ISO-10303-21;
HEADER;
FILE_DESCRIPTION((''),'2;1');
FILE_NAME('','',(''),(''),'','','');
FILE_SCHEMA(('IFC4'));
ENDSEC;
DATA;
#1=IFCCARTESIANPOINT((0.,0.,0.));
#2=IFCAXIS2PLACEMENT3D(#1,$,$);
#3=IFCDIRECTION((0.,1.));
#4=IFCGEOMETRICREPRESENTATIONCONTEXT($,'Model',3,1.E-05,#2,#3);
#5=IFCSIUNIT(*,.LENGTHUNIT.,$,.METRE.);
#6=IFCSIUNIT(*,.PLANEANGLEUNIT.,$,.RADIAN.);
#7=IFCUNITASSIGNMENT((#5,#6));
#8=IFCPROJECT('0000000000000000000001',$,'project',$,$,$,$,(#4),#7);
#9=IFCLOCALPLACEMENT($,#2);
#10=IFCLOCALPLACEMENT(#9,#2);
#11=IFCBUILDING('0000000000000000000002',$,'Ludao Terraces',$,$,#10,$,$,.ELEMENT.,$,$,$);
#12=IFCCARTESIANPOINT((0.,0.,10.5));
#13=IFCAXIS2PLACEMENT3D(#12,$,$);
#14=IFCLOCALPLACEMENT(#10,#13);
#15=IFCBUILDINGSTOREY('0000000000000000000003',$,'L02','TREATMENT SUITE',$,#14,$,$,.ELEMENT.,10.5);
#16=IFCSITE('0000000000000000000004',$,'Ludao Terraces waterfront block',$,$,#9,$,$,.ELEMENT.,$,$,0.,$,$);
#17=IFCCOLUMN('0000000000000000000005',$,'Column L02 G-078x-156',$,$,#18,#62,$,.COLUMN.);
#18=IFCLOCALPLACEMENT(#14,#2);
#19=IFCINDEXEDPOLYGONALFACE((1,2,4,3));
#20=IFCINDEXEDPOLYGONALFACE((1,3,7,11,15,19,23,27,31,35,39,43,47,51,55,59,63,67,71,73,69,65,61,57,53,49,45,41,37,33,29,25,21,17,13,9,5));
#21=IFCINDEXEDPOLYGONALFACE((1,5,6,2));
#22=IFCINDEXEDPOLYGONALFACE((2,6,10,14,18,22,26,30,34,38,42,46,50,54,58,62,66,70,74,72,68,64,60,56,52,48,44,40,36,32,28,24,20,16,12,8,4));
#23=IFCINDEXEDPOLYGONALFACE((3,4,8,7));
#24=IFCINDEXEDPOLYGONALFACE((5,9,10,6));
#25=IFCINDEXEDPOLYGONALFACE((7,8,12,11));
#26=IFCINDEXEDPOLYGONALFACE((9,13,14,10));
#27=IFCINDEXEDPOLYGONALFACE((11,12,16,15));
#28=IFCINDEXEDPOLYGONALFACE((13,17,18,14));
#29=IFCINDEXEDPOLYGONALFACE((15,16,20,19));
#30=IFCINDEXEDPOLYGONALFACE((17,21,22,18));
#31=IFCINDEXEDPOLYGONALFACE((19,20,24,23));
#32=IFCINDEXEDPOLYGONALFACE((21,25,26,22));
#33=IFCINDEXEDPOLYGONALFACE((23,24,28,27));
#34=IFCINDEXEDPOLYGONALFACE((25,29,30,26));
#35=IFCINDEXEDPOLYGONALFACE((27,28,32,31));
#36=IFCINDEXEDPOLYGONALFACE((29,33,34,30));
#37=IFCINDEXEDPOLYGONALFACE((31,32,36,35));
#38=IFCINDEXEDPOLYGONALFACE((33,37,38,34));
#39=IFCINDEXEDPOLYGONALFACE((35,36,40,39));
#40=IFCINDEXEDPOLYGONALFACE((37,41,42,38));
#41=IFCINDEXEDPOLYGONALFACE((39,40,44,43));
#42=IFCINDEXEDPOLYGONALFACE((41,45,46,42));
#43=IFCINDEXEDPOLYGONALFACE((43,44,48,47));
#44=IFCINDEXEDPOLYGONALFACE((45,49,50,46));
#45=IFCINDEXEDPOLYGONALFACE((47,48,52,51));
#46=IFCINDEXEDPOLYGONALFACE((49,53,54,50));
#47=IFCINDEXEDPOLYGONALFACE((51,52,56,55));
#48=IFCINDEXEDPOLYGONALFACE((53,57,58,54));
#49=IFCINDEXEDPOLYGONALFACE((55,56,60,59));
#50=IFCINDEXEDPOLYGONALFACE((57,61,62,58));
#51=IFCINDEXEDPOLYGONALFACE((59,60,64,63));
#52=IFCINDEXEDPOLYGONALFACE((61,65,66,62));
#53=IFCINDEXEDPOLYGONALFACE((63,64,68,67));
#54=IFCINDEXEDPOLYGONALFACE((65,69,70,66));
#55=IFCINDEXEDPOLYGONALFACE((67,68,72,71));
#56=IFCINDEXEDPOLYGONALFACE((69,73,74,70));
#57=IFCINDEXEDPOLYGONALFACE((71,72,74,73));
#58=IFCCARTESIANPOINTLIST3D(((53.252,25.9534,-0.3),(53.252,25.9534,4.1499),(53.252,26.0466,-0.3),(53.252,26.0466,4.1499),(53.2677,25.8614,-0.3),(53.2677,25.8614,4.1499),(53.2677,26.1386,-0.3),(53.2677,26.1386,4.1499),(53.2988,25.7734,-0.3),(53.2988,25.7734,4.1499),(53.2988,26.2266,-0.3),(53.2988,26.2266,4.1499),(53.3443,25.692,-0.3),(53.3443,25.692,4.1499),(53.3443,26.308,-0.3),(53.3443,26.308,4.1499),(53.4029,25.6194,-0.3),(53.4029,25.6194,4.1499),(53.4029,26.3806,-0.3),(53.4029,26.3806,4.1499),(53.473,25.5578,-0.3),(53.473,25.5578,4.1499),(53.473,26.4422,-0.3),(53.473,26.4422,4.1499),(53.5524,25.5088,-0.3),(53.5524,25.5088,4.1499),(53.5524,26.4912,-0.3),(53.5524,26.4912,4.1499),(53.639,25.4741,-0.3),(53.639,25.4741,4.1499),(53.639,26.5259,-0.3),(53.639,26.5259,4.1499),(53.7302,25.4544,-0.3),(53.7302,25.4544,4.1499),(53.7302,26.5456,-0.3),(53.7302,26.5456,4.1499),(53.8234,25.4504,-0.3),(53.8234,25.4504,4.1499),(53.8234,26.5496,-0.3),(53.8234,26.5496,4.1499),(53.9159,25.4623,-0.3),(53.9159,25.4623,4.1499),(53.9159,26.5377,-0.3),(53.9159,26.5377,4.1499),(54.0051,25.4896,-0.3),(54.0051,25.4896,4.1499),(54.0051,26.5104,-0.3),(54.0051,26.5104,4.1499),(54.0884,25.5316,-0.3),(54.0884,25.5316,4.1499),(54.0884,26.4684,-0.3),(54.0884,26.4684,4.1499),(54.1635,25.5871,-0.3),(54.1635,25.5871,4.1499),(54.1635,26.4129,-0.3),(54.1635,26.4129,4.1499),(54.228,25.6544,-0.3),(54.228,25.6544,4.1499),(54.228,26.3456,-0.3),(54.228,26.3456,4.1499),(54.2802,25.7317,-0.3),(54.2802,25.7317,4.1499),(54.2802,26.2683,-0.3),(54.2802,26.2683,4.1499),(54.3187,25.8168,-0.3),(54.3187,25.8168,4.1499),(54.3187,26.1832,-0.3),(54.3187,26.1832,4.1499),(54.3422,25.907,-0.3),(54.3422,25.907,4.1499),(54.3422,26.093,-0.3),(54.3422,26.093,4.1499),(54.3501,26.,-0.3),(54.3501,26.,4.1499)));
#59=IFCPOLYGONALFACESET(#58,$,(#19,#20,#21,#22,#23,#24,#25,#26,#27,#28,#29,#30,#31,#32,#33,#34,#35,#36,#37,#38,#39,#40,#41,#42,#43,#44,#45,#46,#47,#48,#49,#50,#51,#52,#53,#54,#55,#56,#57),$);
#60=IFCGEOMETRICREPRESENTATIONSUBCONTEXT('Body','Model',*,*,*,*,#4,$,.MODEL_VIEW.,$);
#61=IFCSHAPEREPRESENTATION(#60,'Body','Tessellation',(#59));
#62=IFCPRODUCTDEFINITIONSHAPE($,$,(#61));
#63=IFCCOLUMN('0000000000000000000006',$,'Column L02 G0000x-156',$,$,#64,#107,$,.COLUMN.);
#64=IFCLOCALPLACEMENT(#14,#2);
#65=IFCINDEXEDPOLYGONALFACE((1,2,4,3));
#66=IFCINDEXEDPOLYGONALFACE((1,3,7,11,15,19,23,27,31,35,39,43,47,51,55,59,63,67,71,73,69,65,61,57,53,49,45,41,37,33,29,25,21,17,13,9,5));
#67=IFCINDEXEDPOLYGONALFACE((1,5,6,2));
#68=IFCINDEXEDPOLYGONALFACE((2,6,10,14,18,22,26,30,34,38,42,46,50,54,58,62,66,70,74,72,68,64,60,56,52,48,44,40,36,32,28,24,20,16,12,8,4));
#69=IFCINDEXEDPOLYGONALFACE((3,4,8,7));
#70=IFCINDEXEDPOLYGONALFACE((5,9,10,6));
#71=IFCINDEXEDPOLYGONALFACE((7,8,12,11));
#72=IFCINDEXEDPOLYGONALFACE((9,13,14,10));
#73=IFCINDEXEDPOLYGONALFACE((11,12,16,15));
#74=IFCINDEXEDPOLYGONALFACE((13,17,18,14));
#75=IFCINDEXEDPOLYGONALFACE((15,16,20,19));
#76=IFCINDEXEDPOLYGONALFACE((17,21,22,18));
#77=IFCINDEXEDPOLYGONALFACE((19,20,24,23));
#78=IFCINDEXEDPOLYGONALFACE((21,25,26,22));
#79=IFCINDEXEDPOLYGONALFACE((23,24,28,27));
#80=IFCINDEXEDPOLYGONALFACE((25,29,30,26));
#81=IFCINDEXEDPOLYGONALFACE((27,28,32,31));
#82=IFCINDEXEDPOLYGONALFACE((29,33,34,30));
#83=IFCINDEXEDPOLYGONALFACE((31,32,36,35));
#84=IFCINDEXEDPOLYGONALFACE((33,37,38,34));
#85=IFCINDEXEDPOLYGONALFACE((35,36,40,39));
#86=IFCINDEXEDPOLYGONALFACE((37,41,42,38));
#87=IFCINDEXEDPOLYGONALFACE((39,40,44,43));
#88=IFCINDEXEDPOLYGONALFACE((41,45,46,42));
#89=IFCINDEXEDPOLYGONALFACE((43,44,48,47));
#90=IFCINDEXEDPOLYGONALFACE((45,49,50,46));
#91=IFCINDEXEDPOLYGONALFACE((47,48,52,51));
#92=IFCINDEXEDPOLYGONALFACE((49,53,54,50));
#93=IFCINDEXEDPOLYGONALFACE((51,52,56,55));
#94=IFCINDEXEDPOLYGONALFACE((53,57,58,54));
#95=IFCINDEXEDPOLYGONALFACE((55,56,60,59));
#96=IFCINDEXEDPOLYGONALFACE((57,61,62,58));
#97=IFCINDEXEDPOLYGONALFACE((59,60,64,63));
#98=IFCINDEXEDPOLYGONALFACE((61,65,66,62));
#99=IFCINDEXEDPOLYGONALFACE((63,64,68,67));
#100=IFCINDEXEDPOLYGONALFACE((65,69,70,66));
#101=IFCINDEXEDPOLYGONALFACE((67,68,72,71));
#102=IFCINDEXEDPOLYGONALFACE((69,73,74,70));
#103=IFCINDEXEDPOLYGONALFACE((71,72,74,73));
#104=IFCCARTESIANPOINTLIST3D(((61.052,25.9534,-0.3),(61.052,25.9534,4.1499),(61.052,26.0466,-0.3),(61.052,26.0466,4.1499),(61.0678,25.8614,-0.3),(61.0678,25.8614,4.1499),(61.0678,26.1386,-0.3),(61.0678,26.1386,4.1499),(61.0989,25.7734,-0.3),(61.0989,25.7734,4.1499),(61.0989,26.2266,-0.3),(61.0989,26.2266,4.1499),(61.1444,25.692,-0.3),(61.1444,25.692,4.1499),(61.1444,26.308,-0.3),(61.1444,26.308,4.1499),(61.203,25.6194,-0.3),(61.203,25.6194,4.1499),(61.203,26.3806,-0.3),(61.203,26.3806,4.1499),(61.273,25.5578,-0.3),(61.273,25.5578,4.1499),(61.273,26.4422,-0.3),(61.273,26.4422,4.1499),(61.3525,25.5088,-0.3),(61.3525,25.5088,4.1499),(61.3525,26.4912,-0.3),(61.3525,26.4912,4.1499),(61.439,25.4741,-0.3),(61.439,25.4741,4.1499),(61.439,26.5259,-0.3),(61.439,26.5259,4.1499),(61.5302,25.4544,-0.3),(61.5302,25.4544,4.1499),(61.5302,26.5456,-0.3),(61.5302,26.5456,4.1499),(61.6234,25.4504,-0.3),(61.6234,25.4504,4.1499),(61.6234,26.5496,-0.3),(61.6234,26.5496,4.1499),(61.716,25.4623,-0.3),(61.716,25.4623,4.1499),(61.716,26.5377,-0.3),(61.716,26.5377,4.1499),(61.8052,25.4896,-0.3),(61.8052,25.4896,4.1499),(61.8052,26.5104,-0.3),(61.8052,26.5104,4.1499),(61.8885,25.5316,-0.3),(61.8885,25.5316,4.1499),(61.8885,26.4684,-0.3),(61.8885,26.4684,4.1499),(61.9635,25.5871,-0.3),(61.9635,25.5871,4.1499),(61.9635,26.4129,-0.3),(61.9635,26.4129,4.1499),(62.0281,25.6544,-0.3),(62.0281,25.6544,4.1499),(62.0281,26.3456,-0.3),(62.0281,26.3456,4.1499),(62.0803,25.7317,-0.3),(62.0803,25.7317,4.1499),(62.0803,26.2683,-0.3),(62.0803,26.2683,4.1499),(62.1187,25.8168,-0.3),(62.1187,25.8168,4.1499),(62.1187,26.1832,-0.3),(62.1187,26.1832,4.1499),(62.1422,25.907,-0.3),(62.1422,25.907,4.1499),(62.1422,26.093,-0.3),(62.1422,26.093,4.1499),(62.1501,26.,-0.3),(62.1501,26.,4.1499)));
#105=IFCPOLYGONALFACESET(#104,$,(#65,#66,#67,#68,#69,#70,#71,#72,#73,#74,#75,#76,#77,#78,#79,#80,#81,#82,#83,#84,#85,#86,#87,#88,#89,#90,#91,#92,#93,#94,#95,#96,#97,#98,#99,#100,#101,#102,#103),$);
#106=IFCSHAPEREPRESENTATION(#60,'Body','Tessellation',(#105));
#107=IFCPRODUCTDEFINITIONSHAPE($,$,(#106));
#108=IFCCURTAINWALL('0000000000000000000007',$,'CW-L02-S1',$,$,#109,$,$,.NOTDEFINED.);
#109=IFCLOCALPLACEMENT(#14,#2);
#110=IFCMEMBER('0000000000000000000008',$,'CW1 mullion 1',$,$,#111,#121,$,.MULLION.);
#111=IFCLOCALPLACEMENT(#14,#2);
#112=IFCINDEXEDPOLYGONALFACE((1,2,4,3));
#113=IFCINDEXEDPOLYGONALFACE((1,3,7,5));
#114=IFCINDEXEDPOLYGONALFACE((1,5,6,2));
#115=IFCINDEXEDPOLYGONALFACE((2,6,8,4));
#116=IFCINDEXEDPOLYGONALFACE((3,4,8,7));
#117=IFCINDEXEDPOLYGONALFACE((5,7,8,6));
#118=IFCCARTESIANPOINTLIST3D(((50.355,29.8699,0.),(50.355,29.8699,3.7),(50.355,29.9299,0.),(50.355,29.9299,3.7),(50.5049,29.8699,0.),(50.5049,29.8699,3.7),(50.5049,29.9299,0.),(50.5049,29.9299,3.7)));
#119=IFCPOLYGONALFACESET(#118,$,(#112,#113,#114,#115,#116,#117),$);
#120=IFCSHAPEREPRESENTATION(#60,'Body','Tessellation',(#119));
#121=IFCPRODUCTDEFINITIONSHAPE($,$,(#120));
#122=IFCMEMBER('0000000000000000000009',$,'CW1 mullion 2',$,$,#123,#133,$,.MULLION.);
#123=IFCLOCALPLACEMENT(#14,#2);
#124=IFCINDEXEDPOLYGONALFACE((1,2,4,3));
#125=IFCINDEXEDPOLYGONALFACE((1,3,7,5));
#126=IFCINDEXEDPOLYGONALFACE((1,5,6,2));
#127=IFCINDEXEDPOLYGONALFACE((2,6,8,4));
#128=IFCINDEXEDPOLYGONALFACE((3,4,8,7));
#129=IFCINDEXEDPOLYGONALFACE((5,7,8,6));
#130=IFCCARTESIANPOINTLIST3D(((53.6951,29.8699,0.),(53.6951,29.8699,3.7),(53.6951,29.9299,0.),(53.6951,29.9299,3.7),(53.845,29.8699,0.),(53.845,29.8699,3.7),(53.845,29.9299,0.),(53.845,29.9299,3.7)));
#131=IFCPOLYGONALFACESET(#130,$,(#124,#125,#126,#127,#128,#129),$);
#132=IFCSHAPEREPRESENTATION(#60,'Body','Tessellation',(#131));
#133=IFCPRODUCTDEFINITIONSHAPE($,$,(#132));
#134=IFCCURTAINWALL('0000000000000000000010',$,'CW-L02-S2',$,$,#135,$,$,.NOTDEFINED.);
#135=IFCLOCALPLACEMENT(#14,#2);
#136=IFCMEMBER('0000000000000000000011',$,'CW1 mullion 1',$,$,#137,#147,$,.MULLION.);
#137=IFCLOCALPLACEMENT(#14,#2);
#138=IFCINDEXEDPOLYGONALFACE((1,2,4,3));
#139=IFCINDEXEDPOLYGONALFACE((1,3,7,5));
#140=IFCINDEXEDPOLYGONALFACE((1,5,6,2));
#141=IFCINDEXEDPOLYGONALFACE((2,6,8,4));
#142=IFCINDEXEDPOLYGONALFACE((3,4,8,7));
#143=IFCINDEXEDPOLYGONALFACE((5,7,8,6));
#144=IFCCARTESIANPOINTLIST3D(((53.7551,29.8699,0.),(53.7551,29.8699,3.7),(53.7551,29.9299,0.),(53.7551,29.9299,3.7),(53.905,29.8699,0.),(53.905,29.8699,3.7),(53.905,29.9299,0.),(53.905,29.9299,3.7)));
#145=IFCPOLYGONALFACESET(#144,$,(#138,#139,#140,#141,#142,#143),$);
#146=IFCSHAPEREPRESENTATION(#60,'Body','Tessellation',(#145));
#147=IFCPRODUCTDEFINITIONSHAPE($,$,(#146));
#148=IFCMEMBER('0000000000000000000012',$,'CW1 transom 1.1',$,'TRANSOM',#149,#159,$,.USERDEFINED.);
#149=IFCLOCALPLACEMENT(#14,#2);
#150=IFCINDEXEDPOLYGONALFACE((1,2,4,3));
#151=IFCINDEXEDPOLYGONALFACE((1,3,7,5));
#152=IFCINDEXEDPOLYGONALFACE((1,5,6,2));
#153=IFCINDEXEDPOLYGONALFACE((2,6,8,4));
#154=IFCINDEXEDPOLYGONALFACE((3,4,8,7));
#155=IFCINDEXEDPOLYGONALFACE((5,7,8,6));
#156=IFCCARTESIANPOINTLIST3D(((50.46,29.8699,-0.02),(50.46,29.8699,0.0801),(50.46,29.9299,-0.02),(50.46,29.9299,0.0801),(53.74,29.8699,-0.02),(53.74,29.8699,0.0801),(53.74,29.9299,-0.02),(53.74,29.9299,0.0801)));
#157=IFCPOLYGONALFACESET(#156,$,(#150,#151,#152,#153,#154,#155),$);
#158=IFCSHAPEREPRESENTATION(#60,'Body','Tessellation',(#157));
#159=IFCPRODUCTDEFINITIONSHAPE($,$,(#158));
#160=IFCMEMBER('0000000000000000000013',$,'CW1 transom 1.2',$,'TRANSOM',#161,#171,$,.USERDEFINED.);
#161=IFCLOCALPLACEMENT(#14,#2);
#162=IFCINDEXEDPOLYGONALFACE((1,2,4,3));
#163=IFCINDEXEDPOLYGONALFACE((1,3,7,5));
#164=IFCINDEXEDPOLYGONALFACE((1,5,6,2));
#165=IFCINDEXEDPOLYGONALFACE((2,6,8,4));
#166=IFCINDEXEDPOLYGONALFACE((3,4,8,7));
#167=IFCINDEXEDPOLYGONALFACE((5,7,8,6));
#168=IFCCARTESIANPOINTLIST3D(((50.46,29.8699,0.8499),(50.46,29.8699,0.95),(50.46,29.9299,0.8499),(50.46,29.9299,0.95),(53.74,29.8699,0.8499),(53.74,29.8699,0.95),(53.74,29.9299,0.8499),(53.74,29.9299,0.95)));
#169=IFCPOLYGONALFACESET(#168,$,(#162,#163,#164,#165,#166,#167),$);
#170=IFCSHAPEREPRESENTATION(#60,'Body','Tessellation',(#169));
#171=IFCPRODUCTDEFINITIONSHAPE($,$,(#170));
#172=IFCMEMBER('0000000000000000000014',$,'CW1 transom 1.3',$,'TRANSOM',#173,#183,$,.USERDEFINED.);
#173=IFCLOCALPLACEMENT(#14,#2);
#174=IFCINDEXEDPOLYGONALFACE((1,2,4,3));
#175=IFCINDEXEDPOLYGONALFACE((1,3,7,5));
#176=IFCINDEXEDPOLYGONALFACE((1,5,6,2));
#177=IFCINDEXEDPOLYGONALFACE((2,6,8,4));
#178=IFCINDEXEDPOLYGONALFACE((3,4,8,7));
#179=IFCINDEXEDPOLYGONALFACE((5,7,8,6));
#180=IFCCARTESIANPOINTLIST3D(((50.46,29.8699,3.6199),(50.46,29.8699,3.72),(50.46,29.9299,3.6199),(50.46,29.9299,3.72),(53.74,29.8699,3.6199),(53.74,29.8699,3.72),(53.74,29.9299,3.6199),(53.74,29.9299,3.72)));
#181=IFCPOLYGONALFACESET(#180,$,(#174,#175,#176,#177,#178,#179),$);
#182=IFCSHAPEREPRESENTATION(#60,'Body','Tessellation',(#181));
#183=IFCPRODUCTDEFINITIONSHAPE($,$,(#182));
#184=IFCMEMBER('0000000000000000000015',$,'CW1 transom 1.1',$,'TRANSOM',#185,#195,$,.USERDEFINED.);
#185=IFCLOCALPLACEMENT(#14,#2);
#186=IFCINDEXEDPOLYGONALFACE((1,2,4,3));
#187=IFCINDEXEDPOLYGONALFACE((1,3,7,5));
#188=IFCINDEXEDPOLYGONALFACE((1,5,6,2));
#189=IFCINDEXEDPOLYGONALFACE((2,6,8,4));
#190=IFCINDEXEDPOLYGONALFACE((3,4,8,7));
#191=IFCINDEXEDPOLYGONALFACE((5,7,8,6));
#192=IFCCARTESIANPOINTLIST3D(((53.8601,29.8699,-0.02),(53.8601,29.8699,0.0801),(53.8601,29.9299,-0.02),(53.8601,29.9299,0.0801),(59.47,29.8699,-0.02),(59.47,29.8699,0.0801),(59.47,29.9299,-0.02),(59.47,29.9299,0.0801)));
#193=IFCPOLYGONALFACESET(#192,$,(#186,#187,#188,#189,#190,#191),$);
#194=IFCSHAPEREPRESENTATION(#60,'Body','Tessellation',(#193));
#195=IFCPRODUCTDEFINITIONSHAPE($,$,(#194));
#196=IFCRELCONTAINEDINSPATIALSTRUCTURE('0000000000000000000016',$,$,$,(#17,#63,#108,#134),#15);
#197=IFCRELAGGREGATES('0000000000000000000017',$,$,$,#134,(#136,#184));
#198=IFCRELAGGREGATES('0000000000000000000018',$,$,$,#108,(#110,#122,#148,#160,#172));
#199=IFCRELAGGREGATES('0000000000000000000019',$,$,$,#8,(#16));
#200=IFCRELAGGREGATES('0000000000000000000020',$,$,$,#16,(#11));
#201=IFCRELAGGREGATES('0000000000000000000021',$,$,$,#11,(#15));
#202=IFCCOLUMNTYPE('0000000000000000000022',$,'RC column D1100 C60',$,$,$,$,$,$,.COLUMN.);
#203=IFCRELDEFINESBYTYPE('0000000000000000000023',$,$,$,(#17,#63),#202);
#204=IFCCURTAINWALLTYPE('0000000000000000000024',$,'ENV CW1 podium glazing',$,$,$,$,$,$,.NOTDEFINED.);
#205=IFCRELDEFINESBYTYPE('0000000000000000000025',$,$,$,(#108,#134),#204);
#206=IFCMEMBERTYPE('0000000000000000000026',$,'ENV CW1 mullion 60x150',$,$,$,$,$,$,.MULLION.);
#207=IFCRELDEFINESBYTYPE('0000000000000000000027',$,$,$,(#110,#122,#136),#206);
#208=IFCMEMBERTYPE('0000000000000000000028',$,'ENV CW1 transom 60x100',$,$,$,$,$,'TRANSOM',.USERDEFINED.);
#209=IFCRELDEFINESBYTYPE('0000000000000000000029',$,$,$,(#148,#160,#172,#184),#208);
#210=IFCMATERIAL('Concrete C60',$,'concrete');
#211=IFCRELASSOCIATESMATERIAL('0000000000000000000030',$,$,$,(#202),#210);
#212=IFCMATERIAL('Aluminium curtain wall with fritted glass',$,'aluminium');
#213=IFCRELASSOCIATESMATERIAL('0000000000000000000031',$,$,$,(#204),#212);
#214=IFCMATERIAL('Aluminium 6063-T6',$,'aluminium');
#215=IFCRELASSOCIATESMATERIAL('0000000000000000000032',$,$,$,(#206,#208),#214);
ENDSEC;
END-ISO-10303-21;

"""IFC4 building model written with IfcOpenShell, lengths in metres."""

from ifc_helpers import new_model, si_unit, direction, frame, origin, origin_2d, place, context, subcontext, project, spatial, rectangle, circle, extrude, material, material_profile, profile_set, type_object, element, aggregate, save


model = new_model("IFC4")

# Units and contexts
model_context = context("Model", 3, precision=1e-05, world=origin(), true_north=direction((0.0, 1.0)))
body_context = subcontext(model_context, "Body", "Model", "MODEL_VIEW")
ifc_project = project(units=[si_unit("LENGTHUNIT", "METRE"), si_unit("PLANEANGLEUNIT", "RADIAN")], contexts=[model_context])

# Site, building, storey
site_placement = place(None, origin())
site = spatial("IfcSite", under=ifc_project, at=site_placement, Name="Ludao Terraces waterfront block", CompositionType="ELEMENT", RefElevation=0.0)
building_placement = place(site_placement, origin())
building = spatial("IfcBuilding", under=site, at=building_placement, Name="Ludao Terraces", CompositionType="ELEMENT")
storey_placement = place(building_placement, frame((0.0, 0.0, 10.5)))
storey = spatial("IfcBuildingStorey", under=building, at=storey_placement, Name="L02", Description="TREATMENT SUITE", CompositionType="ELEMENT", Elevation=10.5)

# Columns
ifc_material_1 = material(Name="Concrete C60", Category="concrete")
ifc_material_profile_1 = material_profile(ifc_material_1, circle(Radius=0.55, at=origin_2d()), Name="D1100")
ifc_profile_set_1 = profile_set([ifc_material_profile_1], Name="Concrete C60")
column_type = type_object("IfcColumnType", Name="RC column D1100 C60", PredefinedType="COLUMN", material=ifc_profile_set_1)
for number, where, z_axis, x_axis, name in (
    (1, (53.8, 26.0, -0.3), (0.0, 0.0, 1.0), (1.0, 0.0, 0.0), "Column L02 G-078x-156"),
    (2, (61.6001, 26.0, -0.3), (0.0, 0.0, 1.0), (1.0, 0.0, 0.0), "Column L02 G0000x-156"),
):
    element("IfcColumn", number, at=place(storey_placement, frame(where, z_axis=z_axis, x_axis=x_axis)), inside=storey, type_object=column_type, Name=name, PredefinedType="COLUMN", context=body_context, shape_type="SweptSolid", body=[
        extrude(circle(Radius=0.55, at=origin_2d()), origin(), (0.0, 0.0, 1.0), 4.45),
    ])

# Curtain wall, members
ifc_material_2 = material(Name="Aluminium curtain wall with fritted glass", Category="aluminium")
curtain_wall_type = type_object("IfcCurtainWallType", Name="ENV CW1 podium glazing", PredefinedType="NOTDEFINED", material=ifc_material_2)
curtain_wall_1_placement = place(storey_placement, origin())
curtain_wall_1 = element("IfcCurtainWall", 3, at=curtain_wall_1_placement, inside=storey, type_object=curtain_wall_type, Name="CW-L02-S1", PredefinedType="NOTDEFINED")
ifc_material_3 = material(Name="Aluminium 6063-T6", Category="aluminium")
ifc_material_profile_2 = material_profile(ifc_material_3, rectangle(XDim=0.0601, YDim=0.1499, at=origin_2d()), Name="60 X 150")
ifc_profile_set_2 = profile_set([ifc_material_profile_2], Name="Aluminium 6063-T6")
member_type_1 = type_object("IfcMemberType", Name="ENV CW1 mullion 60x150", PredefinedType="MULLION", material=ifc_profile_set_2)
member_1_placement = place(storey_placement, frame((50.4299, 29.8999, 0.0), z_axis=(0.0, 0.0, 1.0), x_axis=(0.0, 1.0, 0.0)))
member_1 = element("IfcMember", 4, at=member_1_placement, type_object=member_type_1, Name="CW1 mullion 1", PredefinedType="MULLION", context=body_context, shape_type="SweptSolid", body=[
    extrude(rectangle(XDim=0.0601, YDim=0.1499, at=origin_2d()), origin(), (0.0, 0.0, 1.0), 3.7),
])
member_2_placement = place(storey_placement, frame((53.77, 29.8999, 0.0), z_axis=(0.0, 0.0, 1.0), x_axis=(0.0, 1.0, 0.0)))
member_2 = element("IfcMember", 5, at=member_2_placement, type_object=member_type_1, Name="CW1 mullion 2", PredefinedType="MULLION", context=body_context, shape_type="SweptSolid", body=[
    extrude(rectangle(XDim=0.0601, YDim=0.1499, at=origin_2d()), origin(), (0.0, 0.0, 1.0), 3.7),
])

# Curtain wall, member
curtain_wall_2_placement = place(storey_placement, origin())
curtain_wall_2 = element("IfcCurtainWall", 6, at=curtain_wall_2_placement, inside=storey, type_object=curtain_wall_type, Name="CW-L02-S2", PredefinedType="NOTDEFINED")
member_3_placement = place(storey_placement, frame((53.8301, 29.8999, 0.0), z_axis=(0.0, 0.0, 1.0), x_axis=(0.0, 1.0, 0.0)))
member_3 = element("IfcMember", 7, at=member_3_placement, type_object=member_type_1, Name="CW1 mullion 1", PredefinedType="MULLION", context=body_context, shape_type="SweptSolid", body=[
    extrude(rectangle(XDim=0.0601, YDim=0.1499, at=origin_2d()), origin(), (0.0, 0.0, 1.0), 3.7),
])

# Members
ifc_material_profile_3 = material_profile(ifc_material_3, rectangle(XDim=0.0601, YDim=0.1001, at=origin_2d()), Name="60 X 100")
ifc_profile_set_3 = profile_set([ifc_material_profile_3], Name="Aluminium 6063-T6")
member_type_2 = type_object("IfcMemberType", Name="ENV CW1 transom 60x100", ElementType="TRANSOM", PredefinedType="USERDEFINED", material=ifc_profile_set_3)
member_4_placement = place(storey_placement, frame((50.46, 29.8999, 0.03), z_axis=(1.0, 0.0, 0.0), x_axis=(0.0, 1.0, 0.0)))
member_4 = element("IfcMember", 8, at=member_4_placement, type_object=member_type_2, Name="CW1 transom 1.1", ObjectType="TRANSOM", PredefinedType="USERDEFINED", context=body_context, shape_type="SweptSolid", body=[
    extrude(rectangle(XDim=0.0601, YDim=0.1001, at=origin_2d()), origin(), (0.0, 0.0, 1.0), 3.28),
])
member_5_placement = place(storey_placement, frame((50.46, 29.8999, 0.8999), z_axis=(1.0, 0.0, 0.0), x_axis=(0.0, 1.0, 0.0)))
member_5 = element("IfcMember", 9, at=member_5_placement, type_object=member_type_2, Name="CW1 transom 1.2", ObjectType="TRANSOM", PredefinedType="USERDEFINED", context=body_context, shape_type="SweptSolid", body=[
    extrude(rectangle(XDim=0.0601, YDim=0.1001, at=origin_2d()), origin(), (0.0, 0.0, 1.0), 3.28),
])
member_6_placement = place(storey_placement, frame((50.46, 29.8999, 3.6699), z_axis=(1.0, 0.0, 0.0), x_axis=(0.0, 1.0, 0.0)))
member_6 = element("IfcMember", 10, at=member_6_placement, type_object=member_type_2, Name="CW1 transom 1.3", ObjectType="TRANSOM", PredefinedType="USERDEFINED", context=body_context, shape_type="SweptSolid", body=[
    extrude(rectangle(XDim=0.0601, YDim=0.1001, at=origin_2d()), origin(), (0.0, 0.0, 1.0), 3.28),
])
member_7_placement = place(storey_placement, frame((53.8601, 29.8999, 0.03), z_axis=(1.0, 0.0, 0.0), x_axis=(0.0, 1.0, 0.0)))
member_7 = element("IfcMember", 11, at=member_7_placement, type_object=member_type_2, Name="CW1 transom 1.1", ObjectType="TRANSOM", PredefinedType="USERDEFINED", context=body_context, shape_type="SweptSolid", body=[
    extrude(rectangle(XDim=0.0601, YDim=0.1001, at=origin_2d()), origin(), (0.0, 0.0, 1.0), 5.6099),
])
aggregate(curtain_wall_2, [member_3, member_7])

aggregate(curtain_wall_1, [member_1, member_2, member_4, member_5, member_6])

save(model, "model.ifc")
